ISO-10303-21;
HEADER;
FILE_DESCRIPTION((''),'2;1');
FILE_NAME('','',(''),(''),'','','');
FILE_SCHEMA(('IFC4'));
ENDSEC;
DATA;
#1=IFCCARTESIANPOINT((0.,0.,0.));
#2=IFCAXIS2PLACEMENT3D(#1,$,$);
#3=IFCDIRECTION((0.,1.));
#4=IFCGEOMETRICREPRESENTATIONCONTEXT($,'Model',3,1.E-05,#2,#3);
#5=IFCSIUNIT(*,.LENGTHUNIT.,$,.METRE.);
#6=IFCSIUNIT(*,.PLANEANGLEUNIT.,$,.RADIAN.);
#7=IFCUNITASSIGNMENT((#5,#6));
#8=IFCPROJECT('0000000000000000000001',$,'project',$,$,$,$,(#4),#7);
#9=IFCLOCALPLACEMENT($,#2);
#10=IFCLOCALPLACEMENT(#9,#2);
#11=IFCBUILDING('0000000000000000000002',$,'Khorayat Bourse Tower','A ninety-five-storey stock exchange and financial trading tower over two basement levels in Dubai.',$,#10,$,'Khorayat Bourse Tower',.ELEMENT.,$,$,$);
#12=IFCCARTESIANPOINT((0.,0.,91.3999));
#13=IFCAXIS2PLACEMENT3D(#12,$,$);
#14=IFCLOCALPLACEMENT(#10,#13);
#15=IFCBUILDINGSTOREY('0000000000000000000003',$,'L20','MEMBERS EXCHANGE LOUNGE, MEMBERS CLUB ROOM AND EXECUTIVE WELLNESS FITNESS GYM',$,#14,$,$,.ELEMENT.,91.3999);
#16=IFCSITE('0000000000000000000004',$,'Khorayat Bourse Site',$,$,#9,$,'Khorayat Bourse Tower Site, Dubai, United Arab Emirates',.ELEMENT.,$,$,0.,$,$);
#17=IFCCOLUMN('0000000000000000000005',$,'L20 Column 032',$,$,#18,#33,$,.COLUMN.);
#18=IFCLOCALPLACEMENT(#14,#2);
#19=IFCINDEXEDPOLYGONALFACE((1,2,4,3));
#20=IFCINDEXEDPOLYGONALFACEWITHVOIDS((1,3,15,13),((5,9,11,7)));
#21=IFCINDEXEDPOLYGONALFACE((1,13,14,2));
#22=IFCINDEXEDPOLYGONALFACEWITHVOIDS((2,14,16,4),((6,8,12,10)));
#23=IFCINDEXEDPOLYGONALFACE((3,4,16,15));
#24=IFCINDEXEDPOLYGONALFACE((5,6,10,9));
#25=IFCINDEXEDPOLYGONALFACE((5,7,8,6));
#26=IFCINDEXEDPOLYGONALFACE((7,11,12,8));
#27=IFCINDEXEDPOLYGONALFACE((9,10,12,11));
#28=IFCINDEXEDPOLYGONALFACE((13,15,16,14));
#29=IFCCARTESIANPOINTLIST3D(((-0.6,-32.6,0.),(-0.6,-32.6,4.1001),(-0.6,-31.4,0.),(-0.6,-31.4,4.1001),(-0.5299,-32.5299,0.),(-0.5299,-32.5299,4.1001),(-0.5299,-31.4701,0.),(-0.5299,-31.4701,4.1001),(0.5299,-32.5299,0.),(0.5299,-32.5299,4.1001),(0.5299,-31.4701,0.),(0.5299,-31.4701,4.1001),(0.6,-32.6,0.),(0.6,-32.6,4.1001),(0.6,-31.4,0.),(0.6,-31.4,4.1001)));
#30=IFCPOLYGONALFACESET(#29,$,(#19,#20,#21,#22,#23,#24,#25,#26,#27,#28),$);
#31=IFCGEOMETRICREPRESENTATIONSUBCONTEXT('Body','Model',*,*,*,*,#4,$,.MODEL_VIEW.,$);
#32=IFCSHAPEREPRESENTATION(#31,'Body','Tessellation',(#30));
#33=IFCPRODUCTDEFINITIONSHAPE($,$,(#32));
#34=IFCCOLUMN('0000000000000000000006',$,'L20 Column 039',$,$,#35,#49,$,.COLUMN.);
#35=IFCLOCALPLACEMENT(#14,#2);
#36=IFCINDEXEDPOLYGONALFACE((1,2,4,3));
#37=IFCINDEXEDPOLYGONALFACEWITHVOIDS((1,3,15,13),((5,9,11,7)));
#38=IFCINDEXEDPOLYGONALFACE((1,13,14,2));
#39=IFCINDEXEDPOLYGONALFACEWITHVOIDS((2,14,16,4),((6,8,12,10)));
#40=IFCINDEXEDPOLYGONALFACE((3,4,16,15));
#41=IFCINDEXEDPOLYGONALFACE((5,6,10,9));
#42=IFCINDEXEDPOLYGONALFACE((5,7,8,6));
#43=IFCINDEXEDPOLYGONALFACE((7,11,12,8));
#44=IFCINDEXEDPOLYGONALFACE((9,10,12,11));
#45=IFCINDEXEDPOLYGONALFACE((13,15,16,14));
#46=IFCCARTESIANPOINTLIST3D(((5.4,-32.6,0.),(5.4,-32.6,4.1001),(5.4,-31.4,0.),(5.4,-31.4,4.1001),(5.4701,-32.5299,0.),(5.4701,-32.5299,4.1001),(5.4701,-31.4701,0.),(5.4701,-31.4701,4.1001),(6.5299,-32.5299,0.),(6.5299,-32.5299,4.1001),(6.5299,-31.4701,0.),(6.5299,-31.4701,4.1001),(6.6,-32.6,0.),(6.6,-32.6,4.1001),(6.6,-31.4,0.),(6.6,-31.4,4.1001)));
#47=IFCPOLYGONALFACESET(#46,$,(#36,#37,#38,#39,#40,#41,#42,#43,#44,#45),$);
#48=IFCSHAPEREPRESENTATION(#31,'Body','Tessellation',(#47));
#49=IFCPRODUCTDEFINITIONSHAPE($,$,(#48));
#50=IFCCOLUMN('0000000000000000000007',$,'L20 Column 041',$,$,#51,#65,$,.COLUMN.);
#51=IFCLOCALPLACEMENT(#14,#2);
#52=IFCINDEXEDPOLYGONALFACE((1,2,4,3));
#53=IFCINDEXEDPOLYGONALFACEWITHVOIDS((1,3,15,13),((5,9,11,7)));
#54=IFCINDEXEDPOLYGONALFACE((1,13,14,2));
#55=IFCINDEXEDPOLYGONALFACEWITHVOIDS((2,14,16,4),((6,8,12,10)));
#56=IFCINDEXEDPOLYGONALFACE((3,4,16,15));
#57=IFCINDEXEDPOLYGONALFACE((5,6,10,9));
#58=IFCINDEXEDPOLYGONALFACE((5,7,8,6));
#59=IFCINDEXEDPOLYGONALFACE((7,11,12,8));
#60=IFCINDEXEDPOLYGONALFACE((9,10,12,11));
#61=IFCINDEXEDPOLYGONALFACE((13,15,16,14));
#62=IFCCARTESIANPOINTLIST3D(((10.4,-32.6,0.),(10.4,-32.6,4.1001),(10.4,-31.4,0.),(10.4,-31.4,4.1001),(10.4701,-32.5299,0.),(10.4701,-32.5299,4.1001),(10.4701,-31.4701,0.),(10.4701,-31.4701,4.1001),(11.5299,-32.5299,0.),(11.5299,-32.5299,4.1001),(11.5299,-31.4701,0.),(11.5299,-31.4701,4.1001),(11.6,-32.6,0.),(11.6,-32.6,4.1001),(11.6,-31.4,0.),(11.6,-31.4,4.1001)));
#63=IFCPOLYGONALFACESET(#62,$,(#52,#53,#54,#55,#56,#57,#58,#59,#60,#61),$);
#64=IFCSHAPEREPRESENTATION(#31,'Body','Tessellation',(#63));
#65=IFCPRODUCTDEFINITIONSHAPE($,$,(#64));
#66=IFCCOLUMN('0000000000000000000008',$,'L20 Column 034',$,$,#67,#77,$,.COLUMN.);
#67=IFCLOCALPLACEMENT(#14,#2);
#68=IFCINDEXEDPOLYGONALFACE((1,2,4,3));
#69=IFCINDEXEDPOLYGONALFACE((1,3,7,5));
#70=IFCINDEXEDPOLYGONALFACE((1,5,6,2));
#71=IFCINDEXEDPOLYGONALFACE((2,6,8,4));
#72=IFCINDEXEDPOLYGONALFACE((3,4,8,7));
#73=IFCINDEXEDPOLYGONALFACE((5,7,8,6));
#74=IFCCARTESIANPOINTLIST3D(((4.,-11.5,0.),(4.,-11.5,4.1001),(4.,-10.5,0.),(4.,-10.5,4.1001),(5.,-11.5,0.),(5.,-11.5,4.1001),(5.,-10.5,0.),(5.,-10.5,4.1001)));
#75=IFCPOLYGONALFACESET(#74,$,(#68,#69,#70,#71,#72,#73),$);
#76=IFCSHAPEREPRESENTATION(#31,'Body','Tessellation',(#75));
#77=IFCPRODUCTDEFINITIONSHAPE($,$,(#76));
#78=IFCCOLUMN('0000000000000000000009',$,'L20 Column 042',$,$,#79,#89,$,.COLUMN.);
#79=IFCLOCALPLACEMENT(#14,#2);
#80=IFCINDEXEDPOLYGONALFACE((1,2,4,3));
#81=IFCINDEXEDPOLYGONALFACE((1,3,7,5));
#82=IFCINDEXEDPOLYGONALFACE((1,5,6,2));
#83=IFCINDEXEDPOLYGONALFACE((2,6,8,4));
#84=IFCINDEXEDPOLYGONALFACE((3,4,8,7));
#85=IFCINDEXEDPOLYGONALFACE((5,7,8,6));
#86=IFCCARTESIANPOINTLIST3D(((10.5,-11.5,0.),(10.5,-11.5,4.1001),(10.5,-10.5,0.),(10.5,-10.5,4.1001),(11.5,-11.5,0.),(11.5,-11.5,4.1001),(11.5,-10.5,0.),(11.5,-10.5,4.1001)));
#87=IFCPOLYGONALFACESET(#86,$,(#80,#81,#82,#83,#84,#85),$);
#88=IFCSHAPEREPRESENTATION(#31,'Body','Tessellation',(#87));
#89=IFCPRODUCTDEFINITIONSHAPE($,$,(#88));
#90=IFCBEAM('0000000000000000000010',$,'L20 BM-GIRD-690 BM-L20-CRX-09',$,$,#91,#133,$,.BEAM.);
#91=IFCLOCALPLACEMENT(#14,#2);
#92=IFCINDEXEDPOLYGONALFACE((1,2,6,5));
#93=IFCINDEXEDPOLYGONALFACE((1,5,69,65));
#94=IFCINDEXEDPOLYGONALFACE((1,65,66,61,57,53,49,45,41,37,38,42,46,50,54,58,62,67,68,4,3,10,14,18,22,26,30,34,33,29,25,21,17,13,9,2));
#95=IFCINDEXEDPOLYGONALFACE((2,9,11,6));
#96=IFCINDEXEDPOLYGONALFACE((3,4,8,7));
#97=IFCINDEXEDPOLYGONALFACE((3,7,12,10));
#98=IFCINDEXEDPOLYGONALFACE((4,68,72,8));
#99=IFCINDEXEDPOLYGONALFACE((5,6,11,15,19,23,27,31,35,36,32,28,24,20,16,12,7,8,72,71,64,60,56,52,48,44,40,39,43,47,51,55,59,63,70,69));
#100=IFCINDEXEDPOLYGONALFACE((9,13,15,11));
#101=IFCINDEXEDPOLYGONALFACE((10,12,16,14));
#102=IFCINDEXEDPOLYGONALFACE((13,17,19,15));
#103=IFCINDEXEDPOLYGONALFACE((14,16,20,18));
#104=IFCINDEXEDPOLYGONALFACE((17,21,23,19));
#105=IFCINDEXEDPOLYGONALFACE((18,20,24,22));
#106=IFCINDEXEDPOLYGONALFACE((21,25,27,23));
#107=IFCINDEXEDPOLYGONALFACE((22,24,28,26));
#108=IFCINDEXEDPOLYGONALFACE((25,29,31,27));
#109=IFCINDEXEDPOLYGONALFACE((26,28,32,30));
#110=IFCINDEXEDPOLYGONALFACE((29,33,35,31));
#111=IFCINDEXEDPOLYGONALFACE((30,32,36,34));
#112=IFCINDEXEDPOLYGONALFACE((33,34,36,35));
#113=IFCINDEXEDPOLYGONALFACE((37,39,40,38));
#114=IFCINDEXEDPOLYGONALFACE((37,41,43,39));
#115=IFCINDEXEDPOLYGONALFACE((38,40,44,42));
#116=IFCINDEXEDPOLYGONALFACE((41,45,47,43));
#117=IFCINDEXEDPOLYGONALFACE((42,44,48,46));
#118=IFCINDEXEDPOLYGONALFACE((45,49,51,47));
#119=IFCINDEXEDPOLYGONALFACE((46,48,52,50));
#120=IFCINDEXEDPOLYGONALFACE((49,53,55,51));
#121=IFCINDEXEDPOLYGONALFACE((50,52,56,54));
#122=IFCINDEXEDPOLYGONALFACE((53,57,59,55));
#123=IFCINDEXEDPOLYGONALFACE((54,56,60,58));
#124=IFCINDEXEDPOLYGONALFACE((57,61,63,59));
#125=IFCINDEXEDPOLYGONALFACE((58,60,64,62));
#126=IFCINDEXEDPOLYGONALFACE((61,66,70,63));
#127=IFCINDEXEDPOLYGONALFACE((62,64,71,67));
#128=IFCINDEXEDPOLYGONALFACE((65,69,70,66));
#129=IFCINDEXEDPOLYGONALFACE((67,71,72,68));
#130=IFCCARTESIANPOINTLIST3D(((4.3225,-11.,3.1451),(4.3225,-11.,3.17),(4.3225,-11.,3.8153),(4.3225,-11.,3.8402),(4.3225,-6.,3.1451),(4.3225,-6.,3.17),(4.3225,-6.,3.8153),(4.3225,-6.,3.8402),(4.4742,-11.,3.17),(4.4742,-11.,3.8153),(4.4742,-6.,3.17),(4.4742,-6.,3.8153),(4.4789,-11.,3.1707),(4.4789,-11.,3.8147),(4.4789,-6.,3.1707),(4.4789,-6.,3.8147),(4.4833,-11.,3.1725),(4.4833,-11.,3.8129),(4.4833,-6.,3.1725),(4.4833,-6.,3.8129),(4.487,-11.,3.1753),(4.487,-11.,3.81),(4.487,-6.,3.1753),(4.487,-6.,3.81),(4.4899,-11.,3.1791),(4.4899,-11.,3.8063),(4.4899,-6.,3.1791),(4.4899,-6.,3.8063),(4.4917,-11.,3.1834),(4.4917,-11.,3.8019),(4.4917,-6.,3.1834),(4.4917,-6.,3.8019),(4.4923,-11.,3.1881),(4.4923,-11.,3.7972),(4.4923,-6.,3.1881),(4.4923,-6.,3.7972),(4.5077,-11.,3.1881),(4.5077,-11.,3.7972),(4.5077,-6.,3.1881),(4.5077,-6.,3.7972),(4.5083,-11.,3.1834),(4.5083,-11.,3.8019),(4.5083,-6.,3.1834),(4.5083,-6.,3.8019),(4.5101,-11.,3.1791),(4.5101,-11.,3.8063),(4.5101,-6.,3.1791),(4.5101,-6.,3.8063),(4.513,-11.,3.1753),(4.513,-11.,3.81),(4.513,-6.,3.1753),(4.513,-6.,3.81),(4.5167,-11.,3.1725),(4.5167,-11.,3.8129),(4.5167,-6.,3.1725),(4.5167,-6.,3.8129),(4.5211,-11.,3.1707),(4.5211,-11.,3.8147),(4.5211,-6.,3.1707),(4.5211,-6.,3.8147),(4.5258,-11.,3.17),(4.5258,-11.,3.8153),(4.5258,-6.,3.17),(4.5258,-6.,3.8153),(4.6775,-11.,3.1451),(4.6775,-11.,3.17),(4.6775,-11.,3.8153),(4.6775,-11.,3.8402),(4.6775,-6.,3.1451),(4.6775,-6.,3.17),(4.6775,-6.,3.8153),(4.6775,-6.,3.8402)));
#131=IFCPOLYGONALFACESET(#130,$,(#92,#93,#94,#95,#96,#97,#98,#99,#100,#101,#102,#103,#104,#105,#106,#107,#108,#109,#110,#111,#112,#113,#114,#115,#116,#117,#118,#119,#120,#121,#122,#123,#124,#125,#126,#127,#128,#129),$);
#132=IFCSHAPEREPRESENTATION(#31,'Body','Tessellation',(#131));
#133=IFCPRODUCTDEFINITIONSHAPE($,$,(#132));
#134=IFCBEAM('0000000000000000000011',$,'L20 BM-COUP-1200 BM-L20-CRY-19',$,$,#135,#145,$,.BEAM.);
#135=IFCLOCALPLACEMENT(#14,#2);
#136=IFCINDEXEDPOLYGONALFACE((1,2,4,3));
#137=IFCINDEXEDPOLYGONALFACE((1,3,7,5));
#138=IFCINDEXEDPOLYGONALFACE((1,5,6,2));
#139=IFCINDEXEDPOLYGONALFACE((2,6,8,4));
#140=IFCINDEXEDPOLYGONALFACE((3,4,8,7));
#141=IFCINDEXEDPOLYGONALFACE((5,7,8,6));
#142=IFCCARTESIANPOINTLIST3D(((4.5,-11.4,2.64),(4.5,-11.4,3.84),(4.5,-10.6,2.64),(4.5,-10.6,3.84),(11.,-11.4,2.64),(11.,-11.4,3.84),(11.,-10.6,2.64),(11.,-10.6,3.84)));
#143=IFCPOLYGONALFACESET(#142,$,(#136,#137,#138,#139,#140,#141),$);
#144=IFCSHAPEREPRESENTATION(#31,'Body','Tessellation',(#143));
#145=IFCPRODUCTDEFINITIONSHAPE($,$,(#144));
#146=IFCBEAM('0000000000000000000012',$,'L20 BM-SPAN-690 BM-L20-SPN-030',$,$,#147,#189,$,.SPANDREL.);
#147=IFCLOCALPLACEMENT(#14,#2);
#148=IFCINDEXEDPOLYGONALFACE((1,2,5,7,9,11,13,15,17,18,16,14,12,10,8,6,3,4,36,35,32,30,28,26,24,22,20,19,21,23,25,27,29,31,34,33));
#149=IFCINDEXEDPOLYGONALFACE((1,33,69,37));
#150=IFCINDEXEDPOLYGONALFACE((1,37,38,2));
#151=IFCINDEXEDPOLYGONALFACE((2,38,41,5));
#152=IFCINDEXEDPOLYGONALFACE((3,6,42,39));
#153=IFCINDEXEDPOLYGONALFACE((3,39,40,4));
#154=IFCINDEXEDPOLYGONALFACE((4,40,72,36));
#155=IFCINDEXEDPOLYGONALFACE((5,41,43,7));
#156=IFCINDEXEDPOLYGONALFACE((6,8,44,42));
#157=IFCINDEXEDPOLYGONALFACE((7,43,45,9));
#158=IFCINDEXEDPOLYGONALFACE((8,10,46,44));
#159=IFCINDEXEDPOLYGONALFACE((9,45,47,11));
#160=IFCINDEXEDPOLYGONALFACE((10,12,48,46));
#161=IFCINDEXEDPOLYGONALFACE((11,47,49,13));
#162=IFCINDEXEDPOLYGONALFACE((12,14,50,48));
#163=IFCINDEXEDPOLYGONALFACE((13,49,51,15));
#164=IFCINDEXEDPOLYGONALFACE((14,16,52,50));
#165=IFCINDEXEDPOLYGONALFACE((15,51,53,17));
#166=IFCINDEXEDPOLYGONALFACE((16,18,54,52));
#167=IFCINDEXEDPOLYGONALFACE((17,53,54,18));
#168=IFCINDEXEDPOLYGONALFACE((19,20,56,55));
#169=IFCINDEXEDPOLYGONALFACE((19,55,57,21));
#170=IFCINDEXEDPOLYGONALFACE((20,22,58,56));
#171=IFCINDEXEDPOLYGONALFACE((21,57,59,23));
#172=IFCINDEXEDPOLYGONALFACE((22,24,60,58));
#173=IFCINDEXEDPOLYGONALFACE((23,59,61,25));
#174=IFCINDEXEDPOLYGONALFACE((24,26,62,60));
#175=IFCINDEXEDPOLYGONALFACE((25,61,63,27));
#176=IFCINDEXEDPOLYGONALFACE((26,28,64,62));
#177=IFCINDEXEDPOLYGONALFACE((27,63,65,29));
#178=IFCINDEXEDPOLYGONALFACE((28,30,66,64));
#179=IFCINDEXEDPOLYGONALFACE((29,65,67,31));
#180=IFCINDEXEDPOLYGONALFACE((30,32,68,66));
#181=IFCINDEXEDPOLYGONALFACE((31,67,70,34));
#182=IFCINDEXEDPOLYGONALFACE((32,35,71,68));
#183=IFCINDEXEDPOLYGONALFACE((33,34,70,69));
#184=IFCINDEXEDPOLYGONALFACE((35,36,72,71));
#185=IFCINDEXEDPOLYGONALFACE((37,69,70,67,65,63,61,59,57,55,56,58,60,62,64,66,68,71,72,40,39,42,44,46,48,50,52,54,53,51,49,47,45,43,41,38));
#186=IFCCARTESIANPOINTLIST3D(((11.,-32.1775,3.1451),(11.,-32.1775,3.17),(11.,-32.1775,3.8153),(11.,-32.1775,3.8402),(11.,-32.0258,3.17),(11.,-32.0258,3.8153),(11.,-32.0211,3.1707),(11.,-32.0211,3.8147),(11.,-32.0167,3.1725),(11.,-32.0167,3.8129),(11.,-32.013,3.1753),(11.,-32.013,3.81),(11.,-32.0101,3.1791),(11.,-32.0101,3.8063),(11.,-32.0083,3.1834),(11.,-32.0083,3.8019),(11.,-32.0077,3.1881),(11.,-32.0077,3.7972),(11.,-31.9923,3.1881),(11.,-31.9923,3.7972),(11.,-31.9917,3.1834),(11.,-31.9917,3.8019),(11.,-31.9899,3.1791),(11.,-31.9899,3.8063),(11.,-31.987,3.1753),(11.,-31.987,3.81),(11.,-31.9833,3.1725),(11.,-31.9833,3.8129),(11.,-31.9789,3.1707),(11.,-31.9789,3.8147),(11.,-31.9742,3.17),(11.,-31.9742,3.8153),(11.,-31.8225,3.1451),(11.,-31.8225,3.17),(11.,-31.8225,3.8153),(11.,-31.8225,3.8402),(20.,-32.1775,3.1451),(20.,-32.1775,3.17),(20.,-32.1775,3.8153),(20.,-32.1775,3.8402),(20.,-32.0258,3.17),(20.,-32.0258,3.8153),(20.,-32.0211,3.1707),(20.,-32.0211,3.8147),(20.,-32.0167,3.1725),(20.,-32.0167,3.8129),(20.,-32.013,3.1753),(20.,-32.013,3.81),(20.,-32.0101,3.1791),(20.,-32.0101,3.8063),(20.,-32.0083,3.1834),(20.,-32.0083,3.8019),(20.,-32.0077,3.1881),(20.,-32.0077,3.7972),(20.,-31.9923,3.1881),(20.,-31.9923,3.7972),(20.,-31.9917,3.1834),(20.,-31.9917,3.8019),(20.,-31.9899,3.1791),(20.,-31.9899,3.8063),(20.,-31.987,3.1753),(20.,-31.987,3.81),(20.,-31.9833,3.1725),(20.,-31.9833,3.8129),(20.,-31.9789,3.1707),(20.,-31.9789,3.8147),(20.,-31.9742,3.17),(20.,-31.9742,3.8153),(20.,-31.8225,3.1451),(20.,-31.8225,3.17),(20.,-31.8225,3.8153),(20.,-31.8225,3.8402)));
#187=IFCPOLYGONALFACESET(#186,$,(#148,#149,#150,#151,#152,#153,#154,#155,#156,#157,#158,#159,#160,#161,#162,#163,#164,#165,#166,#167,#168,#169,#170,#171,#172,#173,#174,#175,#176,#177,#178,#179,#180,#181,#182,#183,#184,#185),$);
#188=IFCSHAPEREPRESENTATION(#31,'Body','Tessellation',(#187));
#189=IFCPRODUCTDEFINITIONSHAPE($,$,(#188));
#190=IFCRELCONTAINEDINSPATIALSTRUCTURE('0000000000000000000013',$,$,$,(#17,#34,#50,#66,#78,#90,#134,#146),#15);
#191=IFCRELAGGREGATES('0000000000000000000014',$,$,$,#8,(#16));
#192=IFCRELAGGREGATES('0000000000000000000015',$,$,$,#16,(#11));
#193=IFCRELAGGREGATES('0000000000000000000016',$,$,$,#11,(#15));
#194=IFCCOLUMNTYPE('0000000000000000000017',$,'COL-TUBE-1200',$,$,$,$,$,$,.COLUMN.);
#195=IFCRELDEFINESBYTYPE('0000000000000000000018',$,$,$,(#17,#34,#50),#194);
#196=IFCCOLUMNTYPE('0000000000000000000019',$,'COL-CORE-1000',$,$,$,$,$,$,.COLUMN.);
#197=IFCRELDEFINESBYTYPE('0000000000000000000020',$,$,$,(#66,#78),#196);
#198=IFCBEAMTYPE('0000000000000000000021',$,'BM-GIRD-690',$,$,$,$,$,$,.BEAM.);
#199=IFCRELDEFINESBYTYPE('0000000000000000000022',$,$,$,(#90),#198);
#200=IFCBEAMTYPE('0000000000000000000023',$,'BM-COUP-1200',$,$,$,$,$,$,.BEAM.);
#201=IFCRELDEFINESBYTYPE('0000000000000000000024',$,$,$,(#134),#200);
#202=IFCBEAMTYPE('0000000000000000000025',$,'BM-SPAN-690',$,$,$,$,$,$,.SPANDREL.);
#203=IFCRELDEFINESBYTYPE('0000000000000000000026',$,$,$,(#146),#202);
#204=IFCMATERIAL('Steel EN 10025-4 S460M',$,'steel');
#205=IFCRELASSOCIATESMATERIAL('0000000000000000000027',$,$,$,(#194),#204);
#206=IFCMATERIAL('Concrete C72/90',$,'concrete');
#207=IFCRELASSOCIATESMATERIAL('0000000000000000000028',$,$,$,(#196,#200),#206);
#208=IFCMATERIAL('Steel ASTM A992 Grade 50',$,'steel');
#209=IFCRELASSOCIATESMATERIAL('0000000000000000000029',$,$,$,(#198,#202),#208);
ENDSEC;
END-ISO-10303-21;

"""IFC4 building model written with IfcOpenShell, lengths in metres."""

from ifc_helpers import new_model, si_unit, direction, frame, origin, origin_2d, place, context, subcontext, project, spatial, rectangle, hollow_rectangle, i_section, extrude, source, transform, mapped, material, material_profile, profile_set, type_object, element, save


model = new_model("IFC4")

# Units and contexts
model_context = context("Model", 3, precision=1e-05, world=origin(), true_north=direction((0.0, 1.0)))
body_context = subcontext(model_context, "Body", "Model", "MODEL_VIEW")
ifc_project = project(units=[si_unit("LENGTHUNIT", "METRE"), si_unit("PLANEANGLEUNIT", "RADIAN")], contexts=[model_context])

# Site, building, storey
site_placement = place(None, origin())
site = spatial("IfcSite", under=ifc_project, at=site_placement, Name="Khorayat Bourse Site", LongName="Khorayat Bourse Tower Site, Dubai, United Arab Emirates", CompositionType="ELEMENT", RefElevation=0.0)
building_placement = place(site_placement, origin())
building = spatial("IfcBuilding", under=site, at=building_placement, Name="Khorayat Bourse Tower", Description="A ninety-five-storey stock exchange and financial trading tower over two basement levels in Dubai.", LongName="Khorayat Bourse Tower", CompositionType="ELEMENT")
storey_placement = place(building_placement, frame((0.0, 0.0, 91.3999)))
storey = spatial("IfcBuildingStorey", under=building, at=storey_placement, Name="L20", Description="MEMBERS EXCHANGE LOUNGE, MEMBERS CLUB ROOM AND EXECUTIVE WELLNESS FITNESS GYM", CompositionType="ELEMENT", Elevation=91.3999)

# Columns
ifc_material_1 = material(Name="Steel EN 10025-4 S460M", Category="steel")
ifc_material_profile_1 = material_profile(ifc_material_1, hollow_rectangle(XDim=1.2, YDim=1.2, WallThickness=0.0701, at=origin_2d()), Name="BOX 1200x1200x70")
ifc_profile_set_1 = profile_set([ifc_material_profile_1], Name="Steel EN 10025-4 S460M")
column_type_1 = type_object("IfcColumnType", Name="COL-TUBE-1200", PredefinedType="COLUMN", material=ifc_profile_set_1)
shared_shape_1 = source(origin(), body_context, "Body", "SweptSolid", [
    extrude(hollow_rectangle(XDim=1.2, YDim=1.2, WallThickness=0.0701, at=origin_2d()), origin(), (0.0, 0.0, 1.0), 4.1001),
])
for number, where, z_axis, x_axis, name in (
    (1, (0.0, -32.0, 0.0), (0.0, 0.0, 1.0), (1.0, 0.0, 0.0), "L20 Column 032"),
    (2, (6.0, -32.0, 0.0), (0.0, 0.0, 1.0), (1.0, 0.0, 0.0), "L20 Column 039"),
    (3, (11.0, -32.0, 0.0), (0.0, 0.0, 1.0), (1.0, 0.0, 0.0), "L20 Column 041"),
):
    element("IfcColumn", number, at=place(storey_placement, frame(where, z_axis=z_axis, x_axis=x_axis)), inside=storey, type_object=column_type_1, Name=name, PredefinedType="COLUMN", context=body_context, shape_type="MappedRepresentation", body=[
        mapped(shared_shape_1, transform((0.0, 0.0, 0.0), scale=1.0)),
    ])
ifc_material_2 = material(Name="Concrete C72/90", Category="concrete")
ifc_material_profile_2 = material_profile(ifc_material_2, rectangle(XDim=1.0, YDim=1.0, at=origin_2d()), Name="RC 1000x1000")
ifc_profile_set_2 = profile_set([ifc_material_profile_2], Name="Concrete C72/90")
column_type_2 = type_object("IfcColumnType", Name="COL-CORE-1000", PredefinedType="COLUMN", material=ifc_profile_set_2)
shared_shape_2 = source(origin(), body_context, "Body", "SweptSolid", [
    extrude(rectangle(XDim=1.0, YDim=1.0, at=origin_2d()), origin(), (0.0, 0.0, 1.0), 4.1001),
])
for number, where, z_axis, x_axis, name in (
    (4, (4.5, -11.0, 0.0), (0.0, 0.0, 1.0), (1.0, 0.0, 0.0), "L20 Column 034"),
    (5, (11.0, -11.0, 0.0), (0.0, 0.0, 1.0), (1.0, 0.0, 0.0), "L20 Column 042"),
):
    element("IfcColumn", number, at=place(storey_placement, frame(where, z_axis=z_axis, x_axis=x_axis)), inside=storey, type_object=column_type_2, Name=name, PredefinedType="COLUMN", context=body_context, shape_type="MappedRepresentation", body=[
        mapped(shared_shape_2, transform((0.0, 0.0, 0.0), scale=1.0)),
    ])

# Beams
ifc_material_3 = material(Name="Steel ASTM A992 Grade 50", Category="steel")
ifc_material_profile_3 = material_profile(ifc_material_3, i_section(OverallWidth=0.355, OverallDepth=0.6951, WebThickness=0.0154, FlangeThickness=0.0249, FilletRadius=0.0181, at=origin_2d()), Name="W690X217")
ifc_profile_set_3 = profile_set([ifc_material_profile_3], Name="Steel ASTM A992 Grade 50")
beam_type_1 = type_object("IfcBeamType", Name="BM-GIRD-690", PredefinedType="BEAM", material=ifc_profile_set_3)
shared_shape_3 = source(origin(), body_context, "Body", "SweptSolid", [
    extrude(i_section(OverallWidth=0.355, OverallDepth=0.6951, WebThickness=0.0154, FlangeThickness=0.0249, FilletRadius=0.0181, at=origin_2d()), origin(), (0.0, 0.0, 1.0), 5.0),
])
beam_1_placement = place(storey_placement, frame((4.5, -11.0, 3.4927), z_axis=(0.0, 1.0, 0.0), x_axis=(-1.0, 0.0, 0.0)))
element("IfcBeam", 6, at=beam_1_placement, inside=storey, type_object=beam_type_1, Name="L20 BM-GIRD-690 BM-L20-CRX-09", PredefinedType="BEAM", context=body_context, shape_type="MappedRepresentation", body=[
    mapped(shared_shape_3, transform((0.0, 0.0, 0.0), scale=1.0)),
])
ifc_material_profile_4 = material_profile(ifc_material_2, rectangle(XDim=0.8, YDim=1.2, at=origin_2d()), Name="RC 800x1200")
ifc_profile_set_4 = profile_set([ifc_material_profile_4], Name="Concrete C72/90")
beam_type_2 = type_object("IfcBeamType", Name="BM-COUP-1200", PredefinedType="BEAM", material=ifc_profile_set_4)
shared_shape_4 = source(origin(), body_context, "Body", "SweptSolid", [
    extrude(rectangle(XDim=0.8, YDim=1.2, at=origin_2d()), origin(), (0.0, 0.0, 1.0), 6.5),
])
beam_2_placement = place(storey_placement, frame((4.5, -11.0, 3.24), z_axis=(1.0, 0.0, 0.0), x_axis=(0.0, 1.0, 0.0)))
element("IfcBeam", 7, at=beam_2_placement, inside=storey, type_object=beam_type_2, Name="L20 BM-COUP-1200 BM-L20-CRY-19", PredefinedType="BEAM", context=body_context, shape_type="MappedRepresentation", body=[
    mapped(shared_shape_4, transform((0.0, 0.0, 0.0), scale=1.0)),
])
ifc_material_profile_5 = material_profile(ifc_material_3, i_section(OverallWidth=0.355, OverallDepth=0.6951, WebThickness=0.0154, FlangeThickness=0.0249, FilletRadius=0.0181, at=origin_2d()), Name="W690X217")
ifc_profile_set_5 = profile_set([ifc_material_profile_5], Name="Steel ASTM A992 Grade 50")
beam_type_3 = type_object("IfcBeamType", Name="BM-SPAN-690", PredefinedType="SPANDREL", material=ifc_profile_set_5)
shared_shape_5 = source(origin(), body_context, "Body", "SweptSolid", [
    extrude(i_section(OverallWidth=0.355, OverallDepth=0.6951, WebThickness=0.0154, FlangeThickness=0.0249, FilletRadius=0.0181, at=origin_2d()), origin(), (0.0, 0.0, 1.0), 9.0),
])
beam_3_placement = place(storey_placement, frame((11.0, -32.0, 3.4927), z_axis=(1.0, 0.0, 0.0), x_axis=(0.0, 1.0, 0.0)))
element("IfcBeam", 8, at=beam_3_placement, inside=storey, type_object=beam_type_3, Name="L20 BM-SPAN-690 BM-L20-SPN-030", PredefinedType="SPANDREL", context=body_context, shape_type="MappedRepresentation", body=[
    mapped(shared_shape_5, transform((0.0, 0.0, 0.0), scale=1.0)),
])

save(model, "model.ifc")
